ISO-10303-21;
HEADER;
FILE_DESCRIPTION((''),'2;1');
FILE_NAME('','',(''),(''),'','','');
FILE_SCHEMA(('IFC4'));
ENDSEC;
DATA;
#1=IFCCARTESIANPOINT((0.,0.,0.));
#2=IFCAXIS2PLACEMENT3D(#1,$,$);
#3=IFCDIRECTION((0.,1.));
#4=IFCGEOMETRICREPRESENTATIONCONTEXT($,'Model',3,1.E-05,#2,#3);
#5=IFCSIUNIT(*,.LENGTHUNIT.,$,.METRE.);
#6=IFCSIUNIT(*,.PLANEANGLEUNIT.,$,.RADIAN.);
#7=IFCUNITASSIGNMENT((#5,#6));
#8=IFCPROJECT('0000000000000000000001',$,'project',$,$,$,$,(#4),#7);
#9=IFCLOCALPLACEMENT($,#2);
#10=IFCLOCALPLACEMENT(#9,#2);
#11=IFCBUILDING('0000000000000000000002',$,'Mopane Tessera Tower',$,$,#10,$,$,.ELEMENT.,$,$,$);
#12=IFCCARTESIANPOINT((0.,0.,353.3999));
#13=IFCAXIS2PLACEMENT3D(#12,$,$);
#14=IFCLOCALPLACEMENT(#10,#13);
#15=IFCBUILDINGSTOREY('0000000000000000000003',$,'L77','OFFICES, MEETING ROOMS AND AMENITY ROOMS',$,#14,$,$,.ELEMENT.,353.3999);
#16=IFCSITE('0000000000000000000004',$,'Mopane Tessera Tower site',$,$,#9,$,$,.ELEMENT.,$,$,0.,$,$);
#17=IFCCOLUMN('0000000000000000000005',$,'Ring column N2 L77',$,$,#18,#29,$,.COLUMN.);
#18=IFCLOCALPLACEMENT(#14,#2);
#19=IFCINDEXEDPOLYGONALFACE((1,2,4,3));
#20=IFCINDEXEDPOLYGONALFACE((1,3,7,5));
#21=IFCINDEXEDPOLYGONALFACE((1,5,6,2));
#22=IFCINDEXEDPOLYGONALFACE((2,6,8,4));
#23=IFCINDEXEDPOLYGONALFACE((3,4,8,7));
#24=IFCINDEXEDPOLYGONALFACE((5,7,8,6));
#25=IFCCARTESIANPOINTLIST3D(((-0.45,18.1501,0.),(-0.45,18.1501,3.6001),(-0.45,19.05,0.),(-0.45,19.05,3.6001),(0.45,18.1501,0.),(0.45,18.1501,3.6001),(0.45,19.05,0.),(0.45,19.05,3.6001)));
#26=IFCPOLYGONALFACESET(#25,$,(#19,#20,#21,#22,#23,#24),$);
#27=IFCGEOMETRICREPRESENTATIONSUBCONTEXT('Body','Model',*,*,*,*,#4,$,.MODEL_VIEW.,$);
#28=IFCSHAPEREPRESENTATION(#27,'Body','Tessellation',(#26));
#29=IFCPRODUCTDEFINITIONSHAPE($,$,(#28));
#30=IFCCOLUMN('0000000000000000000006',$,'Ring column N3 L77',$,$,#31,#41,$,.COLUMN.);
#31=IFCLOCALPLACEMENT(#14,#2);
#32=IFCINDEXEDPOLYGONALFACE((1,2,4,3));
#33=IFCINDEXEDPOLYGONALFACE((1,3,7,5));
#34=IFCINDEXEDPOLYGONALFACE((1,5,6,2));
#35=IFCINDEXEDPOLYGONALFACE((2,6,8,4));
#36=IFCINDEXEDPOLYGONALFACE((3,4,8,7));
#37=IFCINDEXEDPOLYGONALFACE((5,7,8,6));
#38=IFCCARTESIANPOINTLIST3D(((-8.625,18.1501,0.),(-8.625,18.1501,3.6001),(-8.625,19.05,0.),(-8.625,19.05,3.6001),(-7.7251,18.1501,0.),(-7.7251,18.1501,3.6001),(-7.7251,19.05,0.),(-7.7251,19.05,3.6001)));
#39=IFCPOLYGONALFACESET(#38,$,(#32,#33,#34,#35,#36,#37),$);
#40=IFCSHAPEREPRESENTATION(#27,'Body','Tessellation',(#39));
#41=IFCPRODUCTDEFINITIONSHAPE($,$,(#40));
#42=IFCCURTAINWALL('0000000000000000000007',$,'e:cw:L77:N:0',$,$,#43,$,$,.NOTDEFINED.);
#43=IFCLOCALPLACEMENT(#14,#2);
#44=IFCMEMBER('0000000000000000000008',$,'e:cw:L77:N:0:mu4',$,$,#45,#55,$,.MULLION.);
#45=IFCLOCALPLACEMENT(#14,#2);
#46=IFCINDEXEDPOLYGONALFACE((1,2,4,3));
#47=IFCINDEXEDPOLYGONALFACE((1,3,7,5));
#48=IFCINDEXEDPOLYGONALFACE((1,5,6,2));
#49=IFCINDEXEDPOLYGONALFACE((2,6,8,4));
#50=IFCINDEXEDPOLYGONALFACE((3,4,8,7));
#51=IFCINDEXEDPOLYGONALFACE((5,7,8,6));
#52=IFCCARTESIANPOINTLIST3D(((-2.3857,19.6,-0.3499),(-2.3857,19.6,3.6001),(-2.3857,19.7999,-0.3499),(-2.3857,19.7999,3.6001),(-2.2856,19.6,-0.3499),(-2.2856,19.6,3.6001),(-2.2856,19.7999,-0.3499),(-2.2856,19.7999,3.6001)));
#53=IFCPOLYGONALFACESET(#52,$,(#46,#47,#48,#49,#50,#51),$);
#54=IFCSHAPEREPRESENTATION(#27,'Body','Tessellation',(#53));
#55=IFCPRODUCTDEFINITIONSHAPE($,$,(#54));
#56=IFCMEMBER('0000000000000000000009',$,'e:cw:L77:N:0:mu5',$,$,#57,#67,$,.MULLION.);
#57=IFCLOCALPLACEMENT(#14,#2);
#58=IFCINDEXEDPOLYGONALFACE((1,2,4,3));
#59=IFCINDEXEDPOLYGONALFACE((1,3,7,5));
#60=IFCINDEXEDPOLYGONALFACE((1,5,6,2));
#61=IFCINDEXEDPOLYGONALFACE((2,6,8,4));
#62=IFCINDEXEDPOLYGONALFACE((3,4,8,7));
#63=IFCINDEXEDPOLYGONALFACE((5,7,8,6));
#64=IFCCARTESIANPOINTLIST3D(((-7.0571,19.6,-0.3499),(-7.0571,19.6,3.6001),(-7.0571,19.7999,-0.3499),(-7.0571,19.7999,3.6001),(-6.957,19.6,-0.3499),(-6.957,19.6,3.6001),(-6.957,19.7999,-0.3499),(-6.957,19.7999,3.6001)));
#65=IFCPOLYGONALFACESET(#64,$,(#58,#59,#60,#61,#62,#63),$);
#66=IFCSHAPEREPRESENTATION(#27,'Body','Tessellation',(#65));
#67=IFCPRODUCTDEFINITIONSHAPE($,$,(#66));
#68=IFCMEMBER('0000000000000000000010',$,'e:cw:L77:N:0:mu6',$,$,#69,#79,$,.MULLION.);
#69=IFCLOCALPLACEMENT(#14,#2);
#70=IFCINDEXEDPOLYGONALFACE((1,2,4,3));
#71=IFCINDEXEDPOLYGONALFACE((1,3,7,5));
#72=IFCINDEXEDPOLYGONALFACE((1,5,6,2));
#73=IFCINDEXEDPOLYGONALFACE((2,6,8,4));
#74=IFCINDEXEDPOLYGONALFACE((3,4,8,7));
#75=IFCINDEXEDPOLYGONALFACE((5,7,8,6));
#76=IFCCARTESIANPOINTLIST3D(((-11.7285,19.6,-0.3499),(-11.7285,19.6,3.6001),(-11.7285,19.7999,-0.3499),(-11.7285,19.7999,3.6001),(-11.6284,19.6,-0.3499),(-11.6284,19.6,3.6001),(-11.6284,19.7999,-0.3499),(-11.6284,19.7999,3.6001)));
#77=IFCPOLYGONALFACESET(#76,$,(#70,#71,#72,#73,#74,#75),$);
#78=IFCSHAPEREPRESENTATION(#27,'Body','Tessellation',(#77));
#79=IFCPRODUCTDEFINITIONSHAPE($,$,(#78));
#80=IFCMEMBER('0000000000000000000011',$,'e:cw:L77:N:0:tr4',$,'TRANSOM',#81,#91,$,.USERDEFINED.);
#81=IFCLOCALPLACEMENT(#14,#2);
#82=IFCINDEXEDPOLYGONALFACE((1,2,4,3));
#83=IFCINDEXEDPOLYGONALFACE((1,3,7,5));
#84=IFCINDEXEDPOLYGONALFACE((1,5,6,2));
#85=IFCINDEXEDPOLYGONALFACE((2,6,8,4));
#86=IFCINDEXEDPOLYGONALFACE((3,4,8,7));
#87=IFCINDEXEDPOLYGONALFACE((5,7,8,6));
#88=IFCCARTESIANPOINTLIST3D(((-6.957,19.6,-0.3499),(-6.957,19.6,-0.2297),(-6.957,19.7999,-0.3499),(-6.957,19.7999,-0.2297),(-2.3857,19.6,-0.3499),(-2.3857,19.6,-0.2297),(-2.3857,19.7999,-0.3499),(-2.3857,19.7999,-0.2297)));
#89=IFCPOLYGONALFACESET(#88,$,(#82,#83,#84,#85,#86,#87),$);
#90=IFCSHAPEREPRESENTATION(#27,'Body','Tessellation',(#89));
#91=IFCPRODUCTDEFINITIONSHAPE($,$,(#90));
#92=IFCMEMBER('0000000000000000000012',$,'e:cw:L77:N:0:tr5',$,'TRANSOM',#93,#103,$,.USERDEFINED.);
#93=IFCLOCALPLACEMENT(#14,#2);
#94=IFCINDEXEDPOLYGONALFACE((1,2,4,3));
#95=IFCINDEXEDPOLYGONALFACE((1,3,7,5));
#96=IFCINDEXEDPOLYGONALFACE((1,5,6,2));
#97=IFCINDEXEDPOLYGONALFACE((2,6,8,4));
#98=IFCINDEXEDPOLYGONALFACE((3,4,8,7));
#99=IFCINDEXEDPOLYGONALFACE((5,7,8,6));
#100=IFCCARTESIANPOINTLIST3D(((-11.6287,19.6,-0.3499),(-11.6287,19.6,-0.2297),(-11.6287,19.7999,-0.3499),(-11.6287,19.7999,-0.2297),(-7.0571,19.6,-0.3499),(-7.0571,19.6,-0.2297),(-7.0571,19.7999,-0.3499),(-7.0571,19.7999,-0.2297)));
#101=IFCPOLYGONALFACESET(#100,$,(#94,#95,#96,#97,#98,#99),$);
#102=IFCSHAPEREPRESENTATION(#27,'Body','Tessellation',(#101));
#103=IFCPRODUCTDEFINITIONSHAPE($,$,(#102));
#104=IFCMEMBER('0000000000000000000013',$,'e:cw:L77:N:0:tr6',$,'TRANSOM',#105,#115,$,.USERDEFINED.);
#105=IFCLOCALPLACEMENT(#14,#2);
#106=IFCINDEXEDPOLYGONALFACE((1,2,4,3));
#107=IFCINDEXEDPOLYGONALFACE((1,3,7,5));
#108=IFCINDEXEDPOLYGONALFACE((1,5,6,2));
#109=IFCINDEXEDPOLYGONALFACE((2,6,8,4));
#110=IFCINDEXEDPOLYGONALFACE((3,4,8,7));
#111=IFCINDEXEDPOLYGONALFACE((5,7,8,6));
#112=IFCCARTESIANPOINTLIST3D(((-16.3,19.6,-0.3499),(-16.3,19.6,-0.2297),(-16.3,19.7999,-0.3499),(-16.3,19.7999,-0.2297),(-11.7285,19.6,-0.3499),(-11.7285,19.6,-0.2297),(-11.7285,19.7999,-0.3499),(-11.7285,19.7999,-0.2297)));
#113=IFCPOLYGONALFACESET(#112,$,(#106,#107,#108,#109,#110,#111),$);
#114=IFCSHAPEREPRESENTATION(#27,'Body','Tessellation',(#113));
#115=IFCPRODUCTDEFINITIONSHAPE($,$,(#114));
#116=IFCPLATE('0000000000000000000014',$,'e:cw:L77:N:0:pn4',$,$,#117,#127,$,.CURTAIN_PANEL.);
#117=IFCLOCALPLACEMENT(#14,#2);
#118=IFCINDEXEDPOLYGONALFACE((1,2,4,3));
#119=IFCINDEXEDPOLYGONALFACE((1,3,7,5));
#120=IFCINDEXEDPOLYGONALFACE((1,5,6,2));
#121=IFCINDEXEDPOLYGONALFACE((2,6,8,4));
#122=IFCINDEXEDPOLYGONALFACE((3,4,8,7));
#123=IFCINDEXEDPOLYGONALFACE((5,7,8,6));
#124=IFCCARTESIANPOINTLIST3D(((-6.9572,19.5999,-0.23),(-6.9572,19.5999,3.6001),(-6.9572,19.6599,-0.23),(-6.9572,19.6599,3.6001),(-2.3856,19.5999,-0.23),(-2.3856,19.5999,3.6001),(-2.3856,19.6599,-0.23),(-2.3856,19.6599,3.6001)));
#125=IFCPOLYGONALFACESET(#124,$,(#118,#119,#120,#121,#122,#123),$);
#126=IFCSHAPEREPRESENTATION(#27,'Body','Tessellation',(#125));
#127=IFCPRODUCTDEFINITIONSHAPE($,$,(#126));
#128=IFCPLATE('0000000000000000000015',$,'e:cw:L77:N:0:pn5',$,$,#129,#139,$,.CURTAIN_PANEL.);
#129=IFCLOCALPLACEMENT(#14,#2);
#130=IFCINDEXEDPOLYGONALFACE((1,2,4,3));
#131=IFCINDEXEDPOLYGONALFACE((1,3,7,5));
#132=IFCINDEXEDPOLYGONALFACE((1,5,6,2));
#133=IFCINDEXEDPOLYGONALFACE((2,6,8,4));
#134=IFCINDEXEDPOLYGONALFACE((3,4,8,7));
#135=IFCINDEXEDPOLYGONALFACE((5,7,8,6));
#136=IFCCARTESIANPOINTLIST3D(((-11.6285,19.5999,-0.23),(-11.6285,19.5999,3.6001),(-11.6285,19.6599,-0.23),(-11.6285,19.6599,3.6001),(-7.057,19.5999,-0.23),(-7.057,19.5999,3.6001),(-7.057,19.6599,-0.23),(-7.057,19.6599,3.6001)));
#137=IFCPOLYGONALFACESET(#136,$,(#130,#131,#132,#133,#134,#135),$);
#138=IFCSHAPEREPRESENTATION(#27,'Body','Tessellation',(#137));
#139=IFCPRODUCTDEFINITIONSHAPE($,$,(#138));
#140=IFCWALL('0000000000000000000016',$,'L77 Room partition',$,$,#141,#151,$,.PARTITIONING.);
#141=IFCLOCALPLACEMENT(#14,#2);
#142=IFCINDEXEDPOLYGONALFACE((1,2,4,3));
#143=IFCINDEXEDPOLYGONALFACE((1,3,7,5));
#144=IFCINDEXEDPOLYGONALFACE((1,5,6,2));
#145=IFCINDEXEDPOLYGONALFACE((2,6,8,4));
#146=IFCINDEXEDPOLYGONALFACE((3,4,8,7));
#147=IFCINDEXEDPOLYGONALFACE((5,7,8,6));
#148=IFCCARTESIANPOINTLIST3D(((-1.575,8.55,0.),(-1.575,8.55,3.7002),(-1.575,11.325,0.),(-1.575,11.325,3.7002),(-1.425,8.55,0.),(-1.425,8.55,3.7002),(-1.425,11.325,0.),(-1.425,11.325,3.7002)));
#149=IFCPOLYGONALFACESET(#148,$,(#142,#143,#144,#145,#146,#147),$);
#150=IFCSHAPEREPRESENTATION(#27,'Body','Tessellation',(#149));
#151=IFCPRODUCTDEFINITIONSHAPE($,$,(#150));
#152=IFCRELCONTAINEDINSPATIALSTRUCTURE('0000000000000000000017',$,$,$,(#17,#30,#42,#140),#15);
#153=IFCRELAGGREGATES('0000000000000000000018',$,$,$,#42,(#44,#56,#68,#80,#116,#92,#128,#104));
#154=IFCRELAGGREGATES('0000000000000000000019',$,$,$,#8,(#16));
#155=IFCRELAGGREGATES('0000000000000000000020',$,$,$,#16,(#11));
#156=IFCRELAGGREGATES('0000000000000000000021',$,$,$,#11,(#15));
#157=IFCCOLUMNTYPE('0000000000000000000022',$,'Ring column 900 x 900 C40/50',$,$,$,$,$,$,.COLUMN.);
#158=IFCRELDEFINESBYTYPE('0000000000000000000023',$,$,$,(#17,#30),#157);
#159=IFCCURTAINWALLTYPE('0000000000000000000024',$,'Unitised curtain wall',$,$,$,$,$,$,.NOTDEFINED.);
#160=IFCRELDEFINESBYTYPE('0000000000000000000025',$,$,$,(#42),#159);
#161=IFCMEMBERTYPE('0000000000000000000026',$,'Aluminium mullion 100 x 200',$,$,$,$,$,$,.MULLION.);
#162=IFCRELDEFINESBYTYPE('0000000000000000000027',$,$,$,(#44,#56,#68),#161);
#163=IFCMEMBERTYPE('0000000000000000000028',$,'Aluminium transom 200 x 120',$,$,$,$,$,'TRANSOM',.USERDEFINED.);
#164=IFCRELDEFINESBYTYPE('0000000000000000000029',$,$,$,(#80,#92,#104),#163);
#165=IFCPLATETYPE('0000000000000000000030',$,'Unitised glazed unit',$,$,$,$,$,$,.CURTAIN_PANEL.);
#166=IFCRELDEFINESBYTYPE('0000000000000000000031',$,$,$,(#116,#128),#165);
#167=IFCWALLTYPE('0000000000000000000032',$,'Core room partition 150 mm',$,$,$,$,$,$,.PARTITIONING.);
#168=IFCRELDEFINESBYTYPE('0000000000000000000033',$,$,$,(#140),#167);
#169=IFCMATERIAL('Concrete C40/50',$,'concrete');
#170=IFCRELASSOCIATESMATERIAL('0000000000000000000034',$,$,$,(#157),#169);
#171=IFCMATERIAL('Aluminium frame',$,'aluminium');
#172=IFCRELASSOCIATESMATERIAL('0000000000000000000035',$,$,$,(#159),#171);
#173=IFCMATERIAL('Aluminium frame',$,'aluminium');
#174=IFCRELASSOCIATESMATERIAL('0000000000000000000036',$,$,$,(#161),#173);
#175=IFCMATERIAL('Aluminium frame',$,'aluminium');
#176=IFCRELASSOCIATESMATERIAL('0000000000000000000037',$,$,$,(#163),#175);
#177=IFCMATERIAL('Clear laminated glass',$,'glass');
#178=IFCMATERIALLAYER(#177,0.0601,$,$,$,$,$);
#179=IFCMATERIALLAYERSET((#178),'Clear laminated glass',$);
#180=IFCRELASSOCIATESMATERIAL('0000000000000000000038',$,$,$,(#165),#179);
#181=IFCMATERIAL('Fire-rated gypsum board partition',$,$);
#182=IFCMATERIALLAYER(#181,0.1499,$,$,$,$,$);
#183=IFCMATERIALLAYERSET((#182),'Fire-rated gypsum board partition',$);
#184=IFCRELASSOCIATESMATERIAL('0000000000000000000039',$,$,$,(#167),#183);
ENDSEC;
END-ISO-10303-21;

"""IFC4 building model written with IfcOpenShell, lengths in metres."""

from ifc_helpers import new_model, si_unit, direction, frame, frame_2d, origin, origin_2d, place, context, subcontext, project, spatial, rectangle, extrude, material, layer, layer_set, material_profile, profile_set, type_object, element, aggregate, save


model = new_model("IFC4")

# Units and contexts
model_context = context("Model", 3, precision=1e-05, world=origin(), true_north=direction((0.0, 1.0)))
body_context = subcontext(model_context, "Body", "Model", "MODEL_VIEW")
ifc_project = project(units=[si_unit("LENGTHUNIT", "METRE"), si_unit("PLANEANGLEUNIT", "RADIAN")], contexts=[model_context])

# Site, building, storey
site_placement = place(None, origin())
site = spatial("IfcSite", under=ifc_project, at=site_placement, Name="Mopane Tessera Tower site", CompositionType="ELEMENT", RefElevation=0.0)
building_placement = place(site_placement, origin())
building = spatial("IfcBuilding", under=site, at=building_placement, Name="Mopane Tessera Tower", CompositionType="ELEMENT")
storey_placement = place(building_placement, frame((0.0, 0.0, 353.3999)))
storey = spatial("IfcBuildingStorey", under=building, at=storey_placement, Name="L77", Description="OFFICES, MEETING ROOMS AND AMENITY ROOMS", CompositionType="ELEMENT", Elevation=353.3999)

# Columns
ifc_material_1 = material(Name="Concrete C40/50", Category="concrete")
ifc_material_profile_1 = material_profile(ifc_material_1, rectangle(XDim=0.8999, YDim=0.8999, at=origin_2d()))
ifc_profile_set_1 = profile_set([ifc_material_profile_1], Name="Concrete C40/50")
column_type = type_object("IfcColumnType", Name="Ring column 900 x 900 C40/50", PredefinedType="COLUMN", material=ifc_profile_set_1)
for number, where, z_axis, x_axis, name in (
    (1, (0.0, 18.6001, 0.0), (0.0, 0.0, 1.0), (1.0, 0.0, 0.0), "Ring column N2 L77"),
    (2, (-8.175, 18.6001, 0.0), (0.0, 0.0, 1.0), (1.0, 0.0, 0.0), "Ring column N3 L77"),
):
    element("IfcColumn", number, at=place(storey_placement, frame(where, z_axis=z_axis, x_axis=x_axis)), inside=storey, type_object=column_type, Name=name, PredefinedType="COLUMN", context=body_context, shape_type="SweptSolid", body=[
        extrude(rectangle(XDim=0.8999, YDim=0.8999, at=origin_2d()), origin(), (0.0, 0.0, 1.0), 3.6001),
    ])

# Curtain wall, members, plates
ifc_material_2 = material(Name="Aluminium frame", Category="aluminium")
curtain_wall_type = type_object("IfcCurtainWallType", Name="Unitised curtain wall", PredefinedType="NOTDEFINED", material=ifc_material_2)
curtain_wall_placement = place(storey_placement, origin())
curtain_wall = element("IfcCurtainWall", 3, at=curtain_wall_placement, inside=storey, type_object=curtain_wall_type, Name="e:cw:L77:N:0", PredefinedType="NOTDEFINED")
ifc_material_3 = material(Name="Aluminium frame", Category="aluminium")
ifc_material_profile_2 = material_profile(ifc_material_3, rectangle(XDim=0.1001, YDim=0.2, at=origin_2d()))
ifc_profile_set_2 = profile_set([ifc_material_profile_2], Name="Aluminium frame")
member_type_1 = type_object("IfcMemberType", Name="Aluminium mullion 100 x 200", PredefinedType="MULLION", material=ifc_profile_set_2)
member_1_placement = place(storey_placement, frame((-2.3357, 19.7, -0.3499), z_axis=(0.0, 0.0, 1.0), x_axis=(-1.0, 0.0, 0.0)))
member_1 = element("IfcMember", 4, at=member_1_placement, type_object=member_type_1, Name="e:cw:L77:N:0:mu4", PredefinedType="MULLION", context=body_context, shape_type="SweptSolid", body=[
    extrude(rectangle(XDim=0.1001, YDim=0.2, at=origin_2d()), origin(), (0.0, 0.0, 1.0), 3.95),
])
member_2_placement = place(storey_placement, frame((-7.0071, 19.7, -0.3499), z_axis=(0.0, 0.0, 1.0), x_axis=(-1.0, 0.0, 0.0)))
member_2 = element("IfcMember", 5, at=member_2_placement, type_object=member_type_1, Name="e:cw:L77:N:0:mu5", PredefinedType="MULLION", context=body_context, shape_type="SweptSolid", body=[
    extrude(rectangle(XDim=0.1001, YDim=0.2, at=origin_2d()), origin(), (0.0, 0.0, 1.0), 3.95),
])
member_3_placement = place(storey_placement, frame((-11.6785, 19.7, -0.3499), z_axis=(0.0, 0.0, 1.0), x_axis=(-1.0, 0.0, 0.0)))
member_3 = element("IfcMember", 6, at=member_3_placement, type_object=member_type_1, Name="e:cw:L77:N:0:mu6", PredefinedType="MULLION", context=body_context, shape_type="SweptSolid", body=[
    extrude(rectangle(XDim=0.1001, YDim=0.2, at=origin_2d()), origin(), (0.0, 0.0, 1.0), 3.95),
])
ifc_material_4 = material(Name="Aluminium frame", Category="aluminium")
ifc_material_profile_3 = material_profile(ifc_material_4, rectangle(XDim=0.2, YDim=0.1201, at=origin_2d()))
ifc_profile_set_3 = profile_set([ifc_material_profile_3], Name="Aluminium frame")
member_type_2 = type_object("IfcMemberType", Name="Aluminium transom 200 x 120", ElementType="TRANSOM", PredefinedType="USERDEFINED", material=ifc_profile_set_3)
member_4_placement = place(storey_placement, frame((-2.3857, 19.7, -0.2898), z_axis=(-1.0, 0.0, 0.0), x_axis=(0.0, -1.0, 0.0)))
member_4 = element("IfcMember", 7, at=member_4_placement, type_object=member_type_2, Name="e:cw:L77:N:0:tr4", ObjectType="TRANSOM", PredefinedType="USERDEFINED", context=body_context, shape_type="SweptSolid", body=[
    extrude(rectangle(XDim=0.2, YDim=0.1201, at=origin_2d()), origin(), (0.0, 0.0, 1.0), 4.5713),
])
member_5_placement = place(storey_placement, frame((-7.0571, 19.7, -0.2898), z_axis=(-1.0, 0.0, 0.0), x_axis=(0.0, -1.0, 0.0)))
member_5 = element("IfcMember", 8, at=member_5_placement, type_object=member_type_2, Name="e:cw:L77:N:0:tr5", ObjectType="TRANSOM", PredefinedType="USERDEFINED", context=body_context, shape_type="SweptSolid", body=[
    extrude(rectangle(XDim=0.2, YDim=0.1201, at=origin_2d()), origin(), (0.0, 0.0, 1.0), 4.5715),
])
member_6_placement = place(storey_placement, frame((-11.7285, 19.7, -0.2898), z_axis=(-1.0, 0.0, 0.0), x_axis=(0.0, -1.0, 0.0)))
member_6 = element("IfcMember", 9, at=member_6_placement, type_object=member_type_2, Name="e:cw:L77:N:0:tr6", ObjectType="TRANSOM", PredefinedType="USERDEFINED", context=body_context, shape_type="SweptSolid", body=[
    extrude(rectangle(XDim=0.2, YDim=0.1201, at=origin_2d()), origin(), (0.0, 0.0, 1.0), 4.5715),
])
ifc_material_5 = material(Name="Clear laminated glass", Category="glass")
ifc_layer_1 = layer(ifc_material_5, 0.0601)
ifc_layer_set_1 = layer_set([ifc_layer_1], Name="Clear laminated glass")
plate_type = type_object("IfcPlateType", Name="Unitised glazed unit", PredefinedType="CURTAIN_PANEL", material=ifc_layer_set_1)
plate_1_placement = place(storey_placement, frame((-4.6714, 19.6299, -0.23), z_axis=(0.0, 0.0, 1.0), x_axis=(-1.0, 0.0, 0.0)))
plate_1 = element("IfcPlate", 10, at=plate_1_placement, type_object=plate_type, Name="e:cw:L77:N:0:pn4", PredefinedType="CURTAIN_PANEL", context=body_context, shape_type="SweptSolid", body=[
    extrude(rectangle(XDim=4.5715, YDim=0.0601, at=origin_2d()), origin(), (0.0, 0.0, 1.0), 3.8301),
])
plate_2_placement = place(storey_placement, frame((-9.3428, 19.6299, -0.23), z_axis=(0.0, 0.0, 1.0), x_axis=(-1.0, 0.0, 0.0)))
plate_2 = element("IfcPlate", 11, at=plate_2_placement, type_object=plate_type, Name="e:cw:L77:N:0:pn5", PredefinedType="CURTAIN_PANEL", context=body_context, shape_type="SweptSolid", body=[
    extrude(rectangle(XDim=4.5715, YDim=0.0601, at=origin_2d()), origin(), (0.0, 0.0, 1.0), 3.8301),
])
aggregate(curtain_wall, [member_1, member_2, member_3, member_4, plate_1, member_5, plate_2, member_6])

# Wall
ifc_material_6 = material(Name="Fire-rated gypsum board partition")
ifc_layer_2 = layer(ifc_material_6, 0.1499)
ifc_layer_set_2 = layer_set([ifc_layer_2], Name="Fire-rated gypsum board partition")
wall_type_1 = type_object("IfcWallType", Name="Core room partition 150 mm", PredefinedType="PARTITIONING", material=ifc_layer_set_2)
wall_1_placement = place(storey_placement, frame((-1.5, 8.55, 0.0), z_axis=(0.0, 0.0, 1.0), x_axis=(0.0, 1.0, 0.0)))
element("IfcWall", 12, at=wall_1_placement, inside=storey, type_object=wall_type_1, Name="L77 Room partition", PredefinedType="PARTITIONING", context=body_context, shape_type="SweptSolid", body=[
    extrude(rectangle(XDim=2.7749, YDim=0.1499, at=frame_2d((1.3875, 0.0))), origin(), (0.0, 0.0, 1.0), 3.7002),
])

save(model, "model.ifc")
